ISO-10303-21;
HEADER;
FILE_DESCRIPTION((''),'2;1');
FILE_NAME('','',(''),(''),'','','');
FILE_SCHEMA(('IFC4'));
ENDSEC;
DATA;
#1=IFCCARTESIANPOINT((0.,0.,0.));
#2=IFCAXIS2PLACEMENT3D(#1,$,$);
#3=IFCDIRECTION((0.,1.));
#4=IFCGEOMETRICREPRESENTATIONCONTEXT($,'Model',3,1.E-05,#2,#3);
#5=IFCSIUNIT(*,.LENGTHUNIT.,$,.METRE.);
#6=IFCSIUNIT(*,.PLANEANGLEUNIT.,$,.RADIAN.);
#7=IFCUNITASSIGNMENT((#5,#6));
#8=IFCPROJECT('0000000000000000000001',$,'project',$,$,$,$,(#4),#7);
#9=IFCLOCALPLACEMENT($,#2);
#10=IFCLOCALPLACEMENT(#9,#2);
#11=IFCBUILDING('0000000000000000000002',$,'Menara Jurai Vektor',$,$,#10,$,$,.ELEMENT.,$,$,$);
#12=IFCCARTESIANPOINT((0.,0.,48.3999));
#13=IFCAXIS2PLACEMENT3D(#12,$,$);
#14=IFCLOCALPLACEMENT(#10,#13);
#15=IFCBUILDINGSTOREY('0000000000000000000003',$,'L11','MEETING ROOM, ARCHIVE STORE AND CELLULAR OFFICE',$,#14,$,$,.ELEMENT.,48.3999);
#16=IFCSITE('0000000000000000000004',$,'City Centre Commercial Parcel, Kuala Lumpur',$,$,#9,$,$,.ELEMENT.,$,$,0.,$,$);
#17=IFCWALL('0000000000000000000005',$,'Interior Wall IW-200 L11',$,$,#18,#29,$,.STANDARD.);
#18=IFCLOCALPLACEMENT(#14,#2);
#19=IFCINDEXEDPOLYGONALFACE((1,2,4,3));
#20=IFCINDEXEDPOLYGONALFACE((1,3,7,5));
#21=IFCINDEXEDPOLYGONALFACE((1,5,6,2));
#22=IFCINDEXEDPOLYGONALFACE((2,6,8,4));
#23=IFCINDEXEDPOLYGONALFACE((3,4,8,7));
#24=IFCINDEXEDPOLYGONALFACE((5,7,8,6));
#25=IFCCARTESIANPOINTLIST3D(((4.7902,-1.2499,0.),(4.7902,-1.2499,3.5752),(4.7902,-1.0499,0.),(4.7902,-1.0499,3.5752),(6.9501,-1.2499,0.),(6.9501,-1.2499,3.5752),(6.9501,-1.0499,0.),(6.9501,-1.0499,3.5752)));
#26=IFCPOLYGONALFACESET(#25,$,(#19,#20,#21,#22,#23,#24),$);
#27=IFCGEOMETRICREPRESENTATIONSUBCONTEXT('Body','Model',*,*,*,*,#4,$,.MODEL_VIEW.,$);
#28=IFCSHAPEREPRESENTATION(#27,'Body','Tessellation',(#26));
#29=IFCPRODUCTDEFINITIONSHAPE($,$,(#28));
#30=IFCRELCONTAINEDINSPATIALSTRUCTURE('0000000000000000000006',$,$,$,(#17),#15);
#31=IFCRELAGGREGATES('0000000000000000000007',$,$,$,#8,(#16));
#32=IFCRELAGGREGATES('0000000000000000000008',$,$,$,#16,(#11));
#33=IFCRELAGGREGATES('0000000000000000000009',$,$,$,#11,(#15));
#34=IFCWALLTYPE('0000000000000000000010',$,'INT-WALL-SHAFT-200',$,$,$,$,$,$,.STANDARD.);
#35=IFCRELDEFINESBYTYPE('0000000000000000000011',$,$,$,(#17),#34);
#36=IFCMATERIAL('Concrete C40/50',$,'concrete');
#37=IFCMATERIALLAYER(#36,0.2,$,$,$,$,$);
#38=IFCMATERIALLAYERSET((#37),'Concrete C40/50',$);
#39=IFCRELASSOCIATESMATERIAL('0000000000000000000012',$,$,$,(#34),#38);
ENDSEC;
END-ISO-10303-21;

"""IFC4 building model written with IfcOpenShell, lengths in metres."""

from ifc_helpers import new_model, si_unit, direction, frame, frame_2d, origin, place, context, subcontext, project, spatial, rectangle, extrude, material, layer, layer_set, type_object, element, save


model = new_model("IFC4")

# Units and contexts
model_context = context("Model", 3, precision=1e-05, world=origin(), true_north=direction((0.0, 1.0)))
body_context = subcontext(model_context, "Body", "Model", "MODEL_VIEW")
ifc_project = project(units=[si_unit("LENGTHUNIT", "METRE"), si_unit("PLANEANGLEUNIT", "RADIAN")], contexts=[model_context])

# Site, building, storey
site_placement = place(None, origin())
site = spatial("IfcSite", under=ifc_project, at=site_placement, Name="City Centre Commercial Parcel, Kuala Lumpur", CompositionType="ELEMENT", RefElevation=0.0)
building_placement = place(site_placement, origin())
building = spatial("IfcBuilding", under=site, at=building_placement, Name="Menara Jurai Vektor", CompositionType="ELEMENT")
storey_placement = place(building_placement, frame((0.0, 0.0, 48.3999)))
storey = spatial("IfcBuildingStorey", under=building, at=storey_placement, Name="L11", Description="MEETING ROOM, ARCHIVE STORE AND CELLULAR OFFICE", CompositionType="ELEMENT", Elevation=48.3999)

# Shared definitions
ifc_material_1 = material(Name="Concrete C40/50", Category="concrete")

# Shared definitions
ifc_layer_1 = layer(ifc_material_1, 0.2)
ifc_layer_set_1 = layer_set([ifc_layer_1], Name="Concrete C40/50")
wall_type_1 = type_object("IfcWallType", Name="INT-WALL-SHAFT-200", PredefinedType="STANDARD", material=ifc_layer_set_1)

# Wall
wall_1_placement = place(storey_placement, frame((4.79, -1.1499, 0.0), z_axis=(0.0, 0.0, 1.0), x_axis=(1.0, 0.0, 0.0)))
element("IfcWall", 1, at=wall_1_placement, inside=storey, type_object=wall_type_1, Name="Interior Wall IW-200 L11", PredefinedType="STANDARD", context=body_context, shape_type="SweptSolid", body=[
    extrude(rectangle(XDim=2.1599, YDim=0.2, at=frame_2d((1.0801, 0.0))), origin(), (0.0, 0.0, 1.0), 3.5752),
])

save(model, "model.ifc")
